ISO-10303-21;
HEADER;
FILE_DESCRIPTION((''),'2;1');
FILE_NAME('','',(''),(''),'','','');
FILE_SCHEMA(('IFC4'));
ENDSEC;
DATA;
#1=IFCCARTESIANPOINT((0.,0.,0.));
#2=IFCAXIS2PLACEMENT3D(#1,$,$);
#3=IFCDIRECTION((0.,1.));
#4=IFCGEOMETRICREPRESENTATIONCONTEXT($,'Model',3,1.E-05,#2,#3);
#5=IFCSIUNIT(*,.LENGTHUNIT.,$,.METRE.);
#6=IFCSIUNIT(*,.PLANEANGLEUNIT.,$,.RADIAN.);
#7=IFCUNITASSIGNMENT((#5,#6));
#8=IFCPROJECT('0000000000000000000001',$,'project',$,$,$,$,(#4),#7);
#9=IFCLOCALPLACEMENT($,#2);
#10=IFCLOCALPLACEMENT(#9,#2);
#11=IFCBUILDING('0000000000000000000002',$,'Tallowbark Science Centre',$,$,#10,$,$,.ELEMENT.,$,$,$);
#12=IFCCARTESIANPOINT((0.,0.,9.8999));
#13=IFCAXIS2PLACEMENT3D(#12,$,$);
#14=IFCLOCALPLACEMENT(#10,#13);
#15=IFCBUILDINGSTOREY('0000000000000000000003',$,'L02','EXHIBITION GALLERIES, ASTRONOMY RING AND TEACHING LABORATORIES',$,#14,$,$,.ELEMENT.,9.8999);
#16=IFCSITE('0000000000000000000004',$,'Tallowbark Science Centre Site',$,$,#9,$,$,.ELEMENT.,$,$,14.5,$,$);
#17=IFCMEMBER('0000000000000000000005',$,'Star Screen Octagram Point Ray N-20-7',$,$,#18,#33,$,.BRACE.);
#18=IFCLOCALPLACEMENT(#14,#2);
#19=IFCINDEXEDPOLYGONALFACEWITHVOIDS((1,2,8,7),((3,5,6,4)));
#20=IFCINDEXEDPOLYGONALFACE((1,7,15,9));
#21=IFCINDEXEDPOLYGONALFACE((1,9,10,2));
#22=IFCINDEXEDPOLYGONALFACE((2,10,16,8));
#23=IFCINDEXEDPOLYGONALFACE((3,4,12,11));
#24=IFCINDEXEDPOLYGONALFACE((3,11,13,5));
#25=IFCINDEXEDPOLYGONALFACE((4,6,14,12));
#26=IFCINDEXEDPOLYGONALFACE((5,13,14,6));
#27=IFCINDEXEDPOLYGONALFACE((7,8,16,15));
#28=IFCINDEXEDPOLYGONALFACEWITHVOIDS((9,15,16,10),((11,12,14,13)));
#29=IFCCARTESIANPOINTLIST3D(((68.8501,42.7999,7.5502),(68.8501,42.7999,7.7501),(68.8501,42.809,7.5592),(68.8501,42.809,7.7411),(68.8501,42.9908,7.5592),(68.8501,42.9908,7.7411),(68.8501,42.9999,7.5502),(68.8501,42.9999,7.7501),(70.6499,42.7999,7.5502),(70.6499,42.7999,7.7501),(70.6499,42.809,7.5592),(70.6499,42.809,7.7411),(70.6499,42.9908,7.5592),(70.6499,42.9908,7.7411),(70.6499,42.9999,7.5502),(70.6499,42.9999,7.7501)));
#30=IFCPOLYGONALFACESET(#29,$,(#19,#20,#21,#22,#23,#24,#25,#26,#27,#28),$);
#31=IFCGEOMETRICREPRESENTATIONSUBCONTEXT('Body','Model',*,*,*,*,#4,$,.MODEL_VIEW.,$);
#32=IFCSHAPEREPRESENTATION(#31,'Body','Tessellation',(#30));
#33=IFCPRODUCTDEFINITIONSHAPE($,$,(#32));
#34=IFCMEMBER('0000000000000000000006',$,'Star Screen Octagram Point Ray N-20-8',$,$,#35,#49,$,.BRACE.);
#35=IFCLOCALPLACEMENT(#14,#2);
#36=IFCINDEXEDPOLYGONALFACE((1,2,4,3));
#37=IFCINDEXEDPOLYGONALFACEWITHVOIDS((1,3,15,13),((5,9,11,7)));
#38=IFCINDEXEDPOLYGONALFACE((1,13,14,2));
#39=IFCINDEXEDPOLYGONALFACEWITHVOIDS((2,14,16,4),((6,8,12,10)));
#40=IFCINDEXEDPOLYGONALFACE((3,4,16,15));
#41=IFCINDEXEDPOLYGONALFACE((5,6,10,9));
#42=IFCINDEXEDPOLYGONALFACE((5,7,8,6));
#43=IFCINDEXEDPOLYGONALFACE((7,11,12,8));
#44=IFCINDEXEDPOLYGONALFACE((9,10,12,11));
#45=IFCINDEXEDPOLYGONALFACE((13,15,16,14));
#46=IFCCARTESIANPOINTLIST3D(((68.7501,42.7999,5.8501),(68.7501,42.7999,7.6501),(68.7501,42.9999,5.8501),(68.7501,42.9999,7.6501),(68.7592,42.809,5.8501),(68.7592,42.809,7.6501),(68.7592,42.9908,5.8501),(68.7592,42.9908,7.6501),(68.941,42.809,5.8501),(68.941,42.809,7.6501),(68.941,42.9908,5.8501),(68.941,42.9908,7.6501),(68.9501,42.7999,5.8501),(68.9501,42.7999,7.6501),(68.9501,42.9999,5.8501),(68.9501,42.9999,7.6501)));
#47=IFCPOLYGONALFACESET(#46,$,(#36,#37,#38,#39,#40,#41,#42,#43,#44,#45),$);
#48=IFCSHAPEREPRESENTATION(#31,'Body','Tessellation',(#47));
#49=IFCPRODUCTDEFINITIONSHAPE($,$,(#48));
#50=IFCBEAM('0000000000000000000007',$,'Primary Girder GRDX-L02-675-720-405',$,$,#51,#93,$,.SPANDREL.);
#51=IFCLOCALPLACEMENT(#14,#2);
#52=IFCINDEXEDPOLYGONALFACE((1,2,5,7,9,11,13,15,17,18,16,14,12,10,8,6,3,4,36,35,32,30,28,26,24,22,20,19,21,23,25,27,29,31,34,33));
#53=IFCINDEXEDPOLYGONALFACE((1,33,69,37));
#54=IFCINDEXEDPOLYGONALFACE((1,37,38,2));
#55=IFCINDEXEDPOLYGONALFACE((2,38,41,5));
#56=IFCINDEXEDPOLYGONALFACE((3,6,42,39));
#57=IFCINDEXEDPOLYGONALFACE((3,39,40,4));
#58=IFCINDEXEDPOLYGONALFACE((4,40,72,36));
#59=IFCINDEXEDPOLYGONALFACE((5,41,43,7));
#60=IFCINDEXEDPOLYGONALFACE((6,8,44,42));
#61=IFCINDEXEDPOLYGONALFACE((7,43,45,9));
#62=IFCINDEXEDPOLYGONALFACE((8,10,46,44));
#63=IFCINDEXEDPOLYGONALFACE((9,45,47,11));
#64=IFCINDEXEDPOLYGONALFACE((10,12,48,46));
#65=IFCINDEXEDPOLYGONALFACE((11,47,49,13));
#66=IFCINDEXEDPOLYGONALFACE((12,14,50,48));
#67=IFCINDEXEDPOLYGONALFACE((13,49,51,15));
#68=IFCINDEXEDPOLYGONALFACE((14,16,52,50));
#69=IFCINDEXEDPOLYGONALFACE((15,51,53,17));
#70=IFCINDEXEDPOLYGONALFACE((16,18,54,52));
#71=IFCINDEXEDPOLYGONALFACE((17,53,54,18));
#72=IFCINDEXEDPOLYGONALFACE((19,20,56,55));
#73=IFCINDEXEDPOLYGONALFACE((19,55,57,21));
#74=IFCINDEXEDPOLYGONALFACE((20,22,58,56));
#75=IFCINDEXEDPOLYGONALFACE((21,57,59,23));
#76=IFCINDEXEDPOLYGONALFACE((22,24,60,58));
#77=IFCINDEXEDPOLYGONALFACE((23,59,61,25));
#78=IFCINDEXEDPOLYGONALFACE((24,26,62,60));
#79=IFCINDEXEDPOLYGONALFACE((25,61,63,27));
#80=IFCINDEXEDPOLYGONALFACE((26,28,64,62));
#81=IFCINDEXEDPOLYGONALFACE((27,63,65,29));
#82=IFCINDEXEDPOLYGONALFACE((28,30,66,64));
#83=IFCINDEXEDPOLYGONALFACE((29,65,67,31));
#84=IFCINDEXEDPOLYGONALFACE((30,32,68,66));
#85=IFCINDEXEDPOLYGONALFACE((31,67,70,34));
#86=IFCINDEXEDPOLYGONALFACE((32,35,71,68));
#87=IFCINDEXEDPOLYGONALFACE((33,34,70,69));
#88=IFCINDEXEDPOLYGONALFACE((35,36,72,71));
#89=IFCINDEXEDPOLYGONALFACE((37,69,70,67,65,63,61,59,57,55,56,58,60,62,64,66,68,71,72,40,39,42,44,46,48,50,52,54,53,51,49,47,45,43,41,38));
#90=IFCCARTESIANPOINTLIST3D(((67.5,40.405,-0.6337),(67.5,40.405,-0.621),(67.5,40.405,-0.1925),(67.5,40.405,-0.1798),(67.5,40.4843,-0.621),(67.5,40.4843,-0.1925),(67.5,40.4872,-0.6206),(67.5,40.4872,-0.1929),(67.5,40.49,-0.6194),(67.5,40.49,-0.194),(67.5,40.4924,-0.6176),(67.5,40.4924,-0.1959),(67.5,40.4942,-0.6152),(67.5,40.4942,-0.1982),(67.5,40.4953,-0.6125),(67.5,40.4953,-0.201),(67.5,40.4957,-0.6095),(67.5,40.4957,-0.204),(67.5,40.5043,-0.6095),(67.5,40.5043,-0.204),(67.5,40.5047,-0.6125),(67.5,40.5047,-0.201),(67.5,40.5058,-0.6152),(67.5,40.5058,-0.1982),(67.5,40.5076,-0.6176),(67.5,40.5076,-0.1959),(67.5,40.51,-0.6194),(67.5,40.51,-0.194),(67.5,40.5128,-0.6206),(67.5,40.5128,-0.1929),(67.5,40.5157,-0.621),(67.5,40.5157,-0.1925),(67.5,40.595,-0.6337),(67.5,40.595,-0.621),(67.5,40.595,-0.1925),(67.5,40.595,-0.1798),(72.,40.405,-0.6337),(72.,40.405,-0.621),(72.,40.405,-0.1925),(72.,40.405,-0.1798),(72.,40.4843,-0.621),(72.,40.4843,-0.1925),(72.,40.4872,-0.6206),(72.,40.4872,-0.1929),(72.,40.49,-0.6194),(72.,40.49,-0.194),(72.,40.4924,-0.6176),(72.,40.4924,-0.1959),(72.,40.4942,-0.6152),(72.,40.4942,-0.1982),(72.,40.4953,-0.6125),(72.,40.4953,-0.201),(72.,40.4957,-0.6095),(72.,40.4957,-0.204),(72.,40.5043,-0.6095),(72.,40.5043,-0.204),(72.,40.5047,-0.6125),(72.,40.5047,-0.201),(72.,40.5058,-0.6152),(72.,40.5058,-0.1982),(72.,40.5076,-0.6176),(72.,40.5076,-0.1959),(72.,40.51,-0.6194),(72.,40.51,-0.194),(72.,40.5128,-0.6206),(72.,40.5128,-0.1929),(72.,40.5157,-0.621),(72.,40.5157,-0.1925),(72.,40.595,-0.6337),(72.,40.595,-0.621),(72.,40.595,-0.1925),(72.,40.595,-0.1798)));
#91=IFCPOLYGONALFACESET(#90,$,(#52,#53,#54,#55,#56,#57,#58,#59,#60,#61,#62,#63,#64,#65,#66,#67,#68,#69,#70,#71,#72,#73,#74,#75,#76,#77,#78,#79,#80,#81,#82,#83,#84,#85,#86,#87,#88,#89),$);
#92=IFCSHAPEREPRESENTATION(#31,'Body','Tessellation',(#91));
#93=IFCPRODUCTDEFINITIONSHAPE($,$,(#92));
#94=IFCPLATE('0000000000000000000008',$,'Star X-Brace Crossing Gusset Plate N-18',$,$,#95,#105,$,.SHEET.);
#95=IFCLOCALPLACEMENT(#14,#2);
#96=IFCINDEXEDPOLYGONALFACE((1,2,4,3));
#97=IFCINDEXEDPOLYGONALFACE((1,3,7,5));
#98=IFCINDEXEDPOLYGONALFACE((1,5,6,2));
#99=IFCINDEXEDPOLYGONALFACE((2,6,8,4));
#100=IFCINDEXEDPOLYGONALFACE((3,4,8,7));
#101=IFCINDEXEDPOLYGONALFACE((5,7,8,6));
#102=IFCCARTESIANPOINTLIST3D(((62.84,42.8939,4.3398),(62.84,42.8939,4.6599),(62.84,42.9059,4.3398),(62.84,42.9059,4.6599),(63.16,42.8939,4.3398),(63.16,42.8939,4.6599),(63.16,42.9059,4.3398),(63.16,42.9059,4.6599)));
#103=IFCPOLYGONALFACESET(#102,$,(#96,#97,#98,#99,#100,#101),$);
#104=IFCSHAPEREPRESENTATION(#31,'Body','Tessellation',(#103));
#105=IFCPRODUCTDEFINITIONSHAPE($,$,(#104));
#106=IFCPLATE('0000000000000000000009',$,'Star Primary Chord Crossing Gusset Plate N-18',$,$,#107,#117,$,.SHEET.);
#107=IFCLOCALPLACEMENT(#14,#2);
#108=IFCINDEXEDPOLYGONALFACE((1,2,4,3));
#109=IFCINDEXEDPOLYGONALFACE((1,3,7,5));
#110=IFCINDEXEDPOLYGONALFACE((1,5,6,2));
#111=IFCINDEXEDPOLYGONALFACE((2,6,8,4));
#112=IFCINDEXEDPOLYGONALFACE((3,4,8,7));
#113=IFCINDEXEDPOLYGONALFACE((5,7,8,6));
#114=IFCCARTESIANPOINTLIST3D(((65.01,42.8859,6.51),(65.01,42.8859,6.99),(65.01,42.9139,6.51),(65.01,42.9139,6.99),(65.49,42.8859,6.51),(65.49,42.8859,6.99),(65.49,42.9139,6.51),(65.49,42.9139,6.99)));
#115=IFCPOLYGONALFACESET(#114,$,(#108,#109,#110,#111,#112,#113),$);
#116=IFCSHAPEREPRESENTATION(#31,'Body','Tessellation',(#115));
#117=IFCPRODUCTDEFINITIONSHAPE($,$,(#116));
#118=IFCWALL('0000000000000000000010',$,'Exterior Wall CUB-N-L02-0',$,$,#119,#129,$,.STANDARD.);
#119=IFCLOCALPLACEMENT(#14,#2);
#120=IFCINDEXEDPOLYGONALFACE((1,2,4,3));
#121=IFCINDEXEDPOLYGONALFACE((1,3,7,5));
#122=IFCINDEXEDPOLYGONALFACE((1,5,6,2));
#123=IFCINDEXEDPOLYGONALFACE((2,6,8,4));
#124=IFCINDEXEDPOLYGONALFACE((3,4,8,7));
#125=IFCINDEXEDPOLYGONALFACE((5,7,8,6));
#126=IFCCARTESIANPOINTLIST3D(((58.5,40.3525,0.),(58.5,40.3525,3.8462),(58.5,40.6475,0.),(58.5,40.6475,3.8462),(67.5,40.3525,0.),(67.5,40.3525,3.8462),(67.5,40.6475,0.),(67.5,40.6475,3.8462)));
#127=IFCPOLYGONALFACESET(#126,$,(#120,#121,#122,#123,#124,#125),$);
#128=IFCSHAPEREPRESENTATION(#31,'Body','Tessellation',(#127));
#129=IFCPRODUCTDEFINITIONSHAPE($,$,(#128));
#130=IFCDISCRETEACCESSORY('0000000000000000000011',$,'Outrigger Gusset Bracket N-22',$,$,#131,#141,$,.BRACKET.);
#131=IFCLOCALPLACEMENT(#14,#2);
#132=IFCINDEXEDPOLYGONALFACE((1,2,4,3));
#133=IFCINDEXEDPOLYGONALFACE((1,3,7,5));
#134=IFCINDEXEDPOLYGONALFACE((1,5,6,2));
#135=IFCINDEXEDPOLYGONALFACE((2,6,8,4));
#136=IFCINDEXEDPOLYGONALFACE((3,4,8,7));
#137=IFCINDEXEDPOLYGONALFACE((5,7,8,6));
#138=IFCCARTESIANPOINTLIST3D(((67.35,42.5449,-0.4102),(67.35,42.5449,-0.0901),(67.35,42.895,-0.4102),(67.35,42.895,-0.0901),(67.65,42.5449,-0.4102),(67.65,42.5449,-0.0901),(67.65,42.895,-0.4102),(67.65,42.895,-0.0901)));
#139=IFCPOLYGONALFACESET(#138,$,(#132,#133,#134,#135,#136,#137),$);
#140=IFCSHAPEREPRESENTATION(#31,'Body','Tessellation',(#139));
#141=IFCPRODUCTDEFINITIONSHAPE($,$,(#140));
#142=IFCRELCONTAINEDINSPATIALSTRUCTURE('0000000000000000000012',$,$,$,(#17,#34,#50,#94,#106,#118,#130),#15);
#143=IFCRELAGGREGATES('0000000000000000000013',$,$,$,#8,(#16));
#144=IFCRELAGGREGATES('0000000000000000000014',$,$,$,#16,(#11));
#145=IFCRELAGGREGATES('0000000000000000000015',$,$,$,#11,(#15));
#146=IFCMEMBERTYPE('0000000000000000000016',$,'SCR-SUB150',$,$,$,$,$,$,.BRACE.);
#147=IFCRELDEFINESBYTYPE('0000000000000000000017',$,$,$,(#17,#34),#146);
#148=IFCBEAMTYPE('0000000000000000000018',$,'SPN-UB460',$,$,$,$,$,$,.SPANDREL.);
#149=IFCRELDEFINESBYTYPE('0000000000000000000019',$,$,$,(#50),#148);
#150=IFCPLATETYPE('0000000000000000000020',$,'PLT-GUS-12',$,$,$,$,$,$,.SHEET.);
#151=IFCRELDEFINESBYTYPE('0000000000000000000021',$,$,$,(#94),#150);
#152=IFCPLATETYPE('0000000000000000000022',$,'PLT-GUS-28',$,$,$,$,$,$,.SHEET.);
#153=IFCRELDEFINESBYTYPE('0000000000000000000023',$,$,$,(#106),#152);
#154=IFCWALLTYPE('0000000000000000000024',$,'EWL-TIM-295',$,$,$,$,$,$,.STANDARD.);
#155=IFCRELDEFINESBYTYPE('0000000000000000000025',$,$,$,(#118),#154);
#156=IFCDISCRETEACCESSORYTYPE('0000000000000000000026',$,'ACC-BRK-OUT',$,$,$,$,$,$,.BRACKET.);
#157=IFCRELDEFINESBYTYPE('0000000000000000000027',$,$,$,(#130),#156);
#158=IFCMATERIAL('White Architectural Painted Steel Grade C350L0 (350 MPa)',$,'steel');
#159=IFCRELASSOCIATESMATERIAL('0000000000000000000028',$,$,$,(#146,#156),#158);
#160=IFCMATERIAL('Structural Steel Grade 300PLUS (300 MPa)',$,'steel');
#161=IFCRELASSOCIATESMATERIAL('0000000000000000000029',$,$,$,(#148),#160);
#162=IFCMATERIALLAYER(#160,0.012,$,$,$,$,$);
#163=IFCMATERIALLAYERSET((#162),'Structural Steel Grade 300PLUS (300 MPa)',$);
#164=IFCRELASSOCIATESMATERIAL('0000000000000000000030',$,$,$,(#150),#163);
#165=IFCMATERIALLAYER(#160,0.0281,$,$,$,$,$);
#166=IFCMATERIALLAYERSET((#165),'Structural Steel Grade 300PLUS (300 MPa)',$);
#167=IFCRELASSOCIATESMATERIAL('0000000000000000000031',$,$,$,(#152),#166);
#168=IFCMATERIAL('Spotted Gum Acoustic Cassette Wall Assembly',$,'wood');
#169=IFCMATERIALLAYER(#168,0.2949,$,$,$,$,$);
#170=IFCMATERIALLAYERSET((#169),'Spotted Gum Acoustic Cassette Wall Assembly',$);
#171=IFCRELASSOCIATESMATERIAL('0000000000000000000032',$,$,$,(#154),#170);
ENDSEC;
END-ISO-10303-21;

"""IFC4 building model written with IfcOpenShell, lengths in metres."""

from ifc_helpers import new_model, si_unit, direction, frame, frame_2d, origin, origin_2d, place, context, subcontext, project, spatial, rectangle, hollow_rectangle, i_section, extrude, material, layer, layer_set, material_profile, profile_set, type_object, element, save


model = new_model("IFC4")

# Units and contexts
model_context = context("Model", 3, precision=1e-05, world=origin(), true_north=direction((0.0, 1.0)))
body_context = subcontext(model_context, "Body", "Model", "MODEL_VIEW")
ifc_project = project(units=[si_unit("LENGTHUNIT", "METRE"), si_unit("PLANEANGLEUNIT", "RADIAN")], contexts=[model_context])

# Site, building, storey
site_placement = place(None, origin())
site = spatial("IfcSite", under=ifc_project, at=site_placement, Name="Tallowbark Science Centre Site", CompositionType="ELEMENT", RefElevation=14.5)
building_placement = place(site_placement, origin())
building = spatial("IfcBuilding", under=site, at=building_placement, Name="Tallowbark Science Centre", CompositionType="ELEMENT")
storey_placement = place(building_placement, frame((0.0, 0.0, 9.8999)))
storey = spatial("IfcBuildingStorey", under=building, at=storey_placement, Name="L02", Description="EXHIBITION GALLERIES, ASTRONOMY RING AND TEACHING LABORATORIES", CompositionType="ELEMENT", Elevation=9.8999)

# Shared definitions
ifc_material_1 = material(Name="White Architectural Painted Steel Grade C350L0 (350 MPa)", Category="steel")
ifc_material_2 = material(Name="Structural Steel Grade 300PLUS (300 MPa)", Category="steel")

# Members
ifc_material_profile_1 = material_profile(ifc_material_1, hollow_rectangle(XDim=0.2, YDim=0.2, WallThickness=0.009, at=origin_2d()), Name="200x200x9.0SHS")
ifc_profile_set_1 = profile_set([ifc_material_profile_1], Name="White Architectural Painted Steel Grade C350L0 (350 MPa)")
member_type_1 = type_object("IfcMemberType", Name="SCR-SUB150", PredefinedType="BRACE", material=ifc_profile_set_1)
member_1_placement = place(storey_placement, frame((68.8501, 42.8999, 7.6501), z_axis=(1.0, 0.0, 0.0), x_axis=(0.0, 1.0, 0.0)))
element("IfcMember", 1, at=member_1_placement, inside=storey, type_object=member_type_1, Name="Star Screen Octagram Point Ray N-20-7", PredefinedType="BRACE", context=body_context, shape_type="SweptSolid", body=[
    extrude(hollow_rectangle(XDim=0.2, YDim=0.2, WallThickness=0.009, at=origin_2d()), origin(), (0.0, 0.0, 1.0), 1.7998),
])
member_2_placement = place(storey_placement, frame((68.8501, 42.8999, 7.6501), z_axis=(0.0, 0.0, -1.0), x_axis=(1.0, 0.0, 0.0)))
element("IfcMember", 2, at=member_2_placement, inside=storey, type_object=member_type_1, Name="Star Screen Octagram Point Ray N-20-8", PredefinedType="BRACE", context=body_context, shape_type="SweptSolid", body=[
    extrude(hollow_rectangle(XDim=0.2, YDim=0.2, WallThickness=0.009, at=origin_2d()), origin(), (0.0, 0.0, 1.0), 1.8),
])

# Beam
ifc_material_profile_2 = material_profile(ifc_material_2, i_section(OverallWidth=0.1899, OverallDepth=0.4539, WebThickness=0.0085, FlangeThickness=0.0127, FilletRadius=0.0115, at=origin_2d()), Name="460UB67.1")
ifc_profile_set_2 = profile_set([ifc_material_profile_2], Name="Structural Steel Grade 300PLUS (300 MPa)")
beam_type_1 = type_object("IfcBeamType", Name="SPN-UB460", PredefinedType="SPANDREL", material=ifc_profile_set_2)
beam_1_placement = place(storey_placement, frame((67.5, 40.5, -0.4067), z_axis=(1.0, 0.0, 0.0), x_axis=(0.0, 1.0, 0.0)))
element("IfcBeam", 3, at=beam_1_placement, inside=storey, type_object=beam_type_1, Name="Primary Girder GRDX-L02-675-720-405", PredefinedType="SPANDREL", context=body_context, shape_type="SweptSolid", body=[
    extrude(i_section(OverallWidth=0.1899, OverallDepth=0.4539, WebThickness=0.0085, FlangeThickness=0.0127, FilletRadius=0.0115, at=origin_2d()), origin(), (0.0, 0.0, 1.0), 4.5),
])

# Plates
ifc_layer_1 = layer(ifc_material_2, 0.012)
ifc_layer_set_1 = layer_set([ifc_layer_1], Name="Structural Steel Grade 300PLUS (300 MPa)")
plate_type_1 = type_object("IfcPlateType", Name="PLT-GUS-12", PredefinedType="SHEET", material=ifc_layer_set_1)
plate_1_placement = place(storey_placement, frame((63.0, 42.8999, 4.3398), z_axis=(0.0, 0.0, 1.0), x_axis=(1.0, 0.0, 0.0)))
element("IfcPlate", 4, at=plate_1_placement, inside=storey, type_object=plate_type_1, Name="Star X-Brace Crossing Gusset Plate N-18", PredefinedType="SHEET", context=body_context, shape_type="SweptSolid", body=[
    extrude(rectangle(XDim=0.3201, YDim=0.012, at=origin_2d()), origin(), (0.0, 0.0, 1.0), 0.3201),
])
ifc_layer_2 = layer(ifc_material_2, 0.0281)
ifc_layer_set_2 = layer_set([ifc_layer_2], Name="Structural Steel Grade 300PLUS (300 MPa)")
plate_type_2 = type_object("IfcPlateType", Name="PLT-GUS-28", PredefinedType="SHEET", material=ifc_layer_set_2)
plate_2_placement = place(storey_placement, frame((65.25, 42.8999, 6.51), z_axis=(0.0, 0.0, 1.0), x_axis=(1.0, 0.0, 0.0)))
element("IfcPlate", 5, at=plate_2_placement, inside=storey, type_object=plate_type_2, Name="Star Primary Chord Crossing Gusset Plate N-18", PredefinedType="SHEET", context=body_context, shape_type="SweptSolid", body=[
    extrude(rectangle(XDim=0.48, YDim=0.0281, at=origin_2d()), origin(), (0.0, 0.0, 1.0), 0.48),
])

# Wall
ifc_material_3 = material(Name="Spotted Gum Acoustic Cassette Wall Assembly", Category="wood")
ifc_layer_3 = layer(ifc_material_3, 0.2949)
ifc_layer_set_3 = layer_set([ifc_layer_3], Name="Spotted Gum Acoustic Cassette Wall Assembly")
wall_type = type_object("IfcWallType", Name="EWL-TIM-295", PredefinedType="STANDARD", material=ifc_layer_set_3)
wall_placement = place(storey_placement, frame((67.5, 40.5, 0.0), z_axis=(0.0, 0.0, 1.0), x_axis=(-1.0, 0.0, 0.0)))
element("IfcWall", 6, at=wall_placement, inside=storey, type_object=wall_type, Name="Exterior Wall CUB-N-L02-0", PredefinedType="STANDARD", context=body_context, shape_type="SweptSolid", body=[
    extrude(rectangle(XDim=9.0, YDim=0.2949, at=frame_2d((4.5, 0.0))), origin(), (0.0, 0.0, 1.0), 3.8462),
])

# Discrete accessory
discrete_accessory_type = type_object("IfcDiscreteAccessoryType", Name="ACC-BRK-OUT", PredefinedType="BRACKET", material=ifc_material_1)
discrete_accessory_placement = place(storey_placement, frame((67.5, 42.72, -0.4102), z_axis=(0.0, 0.0, 1.0), x_axis=(1.0, 0.0, 0.0)))
element("IfcDiscreteAccessory", 7, at=discrete_accessory_placement, inside=storey, type_object=discrete_accessory_type, Name="Outrigger Gusset Bracket N-22", PredefinedType="BRACKET", context=body_context, shape_type="SweptSolid", body=[
    extrude(rectangle(XDim=0.3, YDim=0.3501, at=origin_2d()), origin(), (0.0, 0.0, 1.0), 0.3201),
])

save(model, "model.ifc")
